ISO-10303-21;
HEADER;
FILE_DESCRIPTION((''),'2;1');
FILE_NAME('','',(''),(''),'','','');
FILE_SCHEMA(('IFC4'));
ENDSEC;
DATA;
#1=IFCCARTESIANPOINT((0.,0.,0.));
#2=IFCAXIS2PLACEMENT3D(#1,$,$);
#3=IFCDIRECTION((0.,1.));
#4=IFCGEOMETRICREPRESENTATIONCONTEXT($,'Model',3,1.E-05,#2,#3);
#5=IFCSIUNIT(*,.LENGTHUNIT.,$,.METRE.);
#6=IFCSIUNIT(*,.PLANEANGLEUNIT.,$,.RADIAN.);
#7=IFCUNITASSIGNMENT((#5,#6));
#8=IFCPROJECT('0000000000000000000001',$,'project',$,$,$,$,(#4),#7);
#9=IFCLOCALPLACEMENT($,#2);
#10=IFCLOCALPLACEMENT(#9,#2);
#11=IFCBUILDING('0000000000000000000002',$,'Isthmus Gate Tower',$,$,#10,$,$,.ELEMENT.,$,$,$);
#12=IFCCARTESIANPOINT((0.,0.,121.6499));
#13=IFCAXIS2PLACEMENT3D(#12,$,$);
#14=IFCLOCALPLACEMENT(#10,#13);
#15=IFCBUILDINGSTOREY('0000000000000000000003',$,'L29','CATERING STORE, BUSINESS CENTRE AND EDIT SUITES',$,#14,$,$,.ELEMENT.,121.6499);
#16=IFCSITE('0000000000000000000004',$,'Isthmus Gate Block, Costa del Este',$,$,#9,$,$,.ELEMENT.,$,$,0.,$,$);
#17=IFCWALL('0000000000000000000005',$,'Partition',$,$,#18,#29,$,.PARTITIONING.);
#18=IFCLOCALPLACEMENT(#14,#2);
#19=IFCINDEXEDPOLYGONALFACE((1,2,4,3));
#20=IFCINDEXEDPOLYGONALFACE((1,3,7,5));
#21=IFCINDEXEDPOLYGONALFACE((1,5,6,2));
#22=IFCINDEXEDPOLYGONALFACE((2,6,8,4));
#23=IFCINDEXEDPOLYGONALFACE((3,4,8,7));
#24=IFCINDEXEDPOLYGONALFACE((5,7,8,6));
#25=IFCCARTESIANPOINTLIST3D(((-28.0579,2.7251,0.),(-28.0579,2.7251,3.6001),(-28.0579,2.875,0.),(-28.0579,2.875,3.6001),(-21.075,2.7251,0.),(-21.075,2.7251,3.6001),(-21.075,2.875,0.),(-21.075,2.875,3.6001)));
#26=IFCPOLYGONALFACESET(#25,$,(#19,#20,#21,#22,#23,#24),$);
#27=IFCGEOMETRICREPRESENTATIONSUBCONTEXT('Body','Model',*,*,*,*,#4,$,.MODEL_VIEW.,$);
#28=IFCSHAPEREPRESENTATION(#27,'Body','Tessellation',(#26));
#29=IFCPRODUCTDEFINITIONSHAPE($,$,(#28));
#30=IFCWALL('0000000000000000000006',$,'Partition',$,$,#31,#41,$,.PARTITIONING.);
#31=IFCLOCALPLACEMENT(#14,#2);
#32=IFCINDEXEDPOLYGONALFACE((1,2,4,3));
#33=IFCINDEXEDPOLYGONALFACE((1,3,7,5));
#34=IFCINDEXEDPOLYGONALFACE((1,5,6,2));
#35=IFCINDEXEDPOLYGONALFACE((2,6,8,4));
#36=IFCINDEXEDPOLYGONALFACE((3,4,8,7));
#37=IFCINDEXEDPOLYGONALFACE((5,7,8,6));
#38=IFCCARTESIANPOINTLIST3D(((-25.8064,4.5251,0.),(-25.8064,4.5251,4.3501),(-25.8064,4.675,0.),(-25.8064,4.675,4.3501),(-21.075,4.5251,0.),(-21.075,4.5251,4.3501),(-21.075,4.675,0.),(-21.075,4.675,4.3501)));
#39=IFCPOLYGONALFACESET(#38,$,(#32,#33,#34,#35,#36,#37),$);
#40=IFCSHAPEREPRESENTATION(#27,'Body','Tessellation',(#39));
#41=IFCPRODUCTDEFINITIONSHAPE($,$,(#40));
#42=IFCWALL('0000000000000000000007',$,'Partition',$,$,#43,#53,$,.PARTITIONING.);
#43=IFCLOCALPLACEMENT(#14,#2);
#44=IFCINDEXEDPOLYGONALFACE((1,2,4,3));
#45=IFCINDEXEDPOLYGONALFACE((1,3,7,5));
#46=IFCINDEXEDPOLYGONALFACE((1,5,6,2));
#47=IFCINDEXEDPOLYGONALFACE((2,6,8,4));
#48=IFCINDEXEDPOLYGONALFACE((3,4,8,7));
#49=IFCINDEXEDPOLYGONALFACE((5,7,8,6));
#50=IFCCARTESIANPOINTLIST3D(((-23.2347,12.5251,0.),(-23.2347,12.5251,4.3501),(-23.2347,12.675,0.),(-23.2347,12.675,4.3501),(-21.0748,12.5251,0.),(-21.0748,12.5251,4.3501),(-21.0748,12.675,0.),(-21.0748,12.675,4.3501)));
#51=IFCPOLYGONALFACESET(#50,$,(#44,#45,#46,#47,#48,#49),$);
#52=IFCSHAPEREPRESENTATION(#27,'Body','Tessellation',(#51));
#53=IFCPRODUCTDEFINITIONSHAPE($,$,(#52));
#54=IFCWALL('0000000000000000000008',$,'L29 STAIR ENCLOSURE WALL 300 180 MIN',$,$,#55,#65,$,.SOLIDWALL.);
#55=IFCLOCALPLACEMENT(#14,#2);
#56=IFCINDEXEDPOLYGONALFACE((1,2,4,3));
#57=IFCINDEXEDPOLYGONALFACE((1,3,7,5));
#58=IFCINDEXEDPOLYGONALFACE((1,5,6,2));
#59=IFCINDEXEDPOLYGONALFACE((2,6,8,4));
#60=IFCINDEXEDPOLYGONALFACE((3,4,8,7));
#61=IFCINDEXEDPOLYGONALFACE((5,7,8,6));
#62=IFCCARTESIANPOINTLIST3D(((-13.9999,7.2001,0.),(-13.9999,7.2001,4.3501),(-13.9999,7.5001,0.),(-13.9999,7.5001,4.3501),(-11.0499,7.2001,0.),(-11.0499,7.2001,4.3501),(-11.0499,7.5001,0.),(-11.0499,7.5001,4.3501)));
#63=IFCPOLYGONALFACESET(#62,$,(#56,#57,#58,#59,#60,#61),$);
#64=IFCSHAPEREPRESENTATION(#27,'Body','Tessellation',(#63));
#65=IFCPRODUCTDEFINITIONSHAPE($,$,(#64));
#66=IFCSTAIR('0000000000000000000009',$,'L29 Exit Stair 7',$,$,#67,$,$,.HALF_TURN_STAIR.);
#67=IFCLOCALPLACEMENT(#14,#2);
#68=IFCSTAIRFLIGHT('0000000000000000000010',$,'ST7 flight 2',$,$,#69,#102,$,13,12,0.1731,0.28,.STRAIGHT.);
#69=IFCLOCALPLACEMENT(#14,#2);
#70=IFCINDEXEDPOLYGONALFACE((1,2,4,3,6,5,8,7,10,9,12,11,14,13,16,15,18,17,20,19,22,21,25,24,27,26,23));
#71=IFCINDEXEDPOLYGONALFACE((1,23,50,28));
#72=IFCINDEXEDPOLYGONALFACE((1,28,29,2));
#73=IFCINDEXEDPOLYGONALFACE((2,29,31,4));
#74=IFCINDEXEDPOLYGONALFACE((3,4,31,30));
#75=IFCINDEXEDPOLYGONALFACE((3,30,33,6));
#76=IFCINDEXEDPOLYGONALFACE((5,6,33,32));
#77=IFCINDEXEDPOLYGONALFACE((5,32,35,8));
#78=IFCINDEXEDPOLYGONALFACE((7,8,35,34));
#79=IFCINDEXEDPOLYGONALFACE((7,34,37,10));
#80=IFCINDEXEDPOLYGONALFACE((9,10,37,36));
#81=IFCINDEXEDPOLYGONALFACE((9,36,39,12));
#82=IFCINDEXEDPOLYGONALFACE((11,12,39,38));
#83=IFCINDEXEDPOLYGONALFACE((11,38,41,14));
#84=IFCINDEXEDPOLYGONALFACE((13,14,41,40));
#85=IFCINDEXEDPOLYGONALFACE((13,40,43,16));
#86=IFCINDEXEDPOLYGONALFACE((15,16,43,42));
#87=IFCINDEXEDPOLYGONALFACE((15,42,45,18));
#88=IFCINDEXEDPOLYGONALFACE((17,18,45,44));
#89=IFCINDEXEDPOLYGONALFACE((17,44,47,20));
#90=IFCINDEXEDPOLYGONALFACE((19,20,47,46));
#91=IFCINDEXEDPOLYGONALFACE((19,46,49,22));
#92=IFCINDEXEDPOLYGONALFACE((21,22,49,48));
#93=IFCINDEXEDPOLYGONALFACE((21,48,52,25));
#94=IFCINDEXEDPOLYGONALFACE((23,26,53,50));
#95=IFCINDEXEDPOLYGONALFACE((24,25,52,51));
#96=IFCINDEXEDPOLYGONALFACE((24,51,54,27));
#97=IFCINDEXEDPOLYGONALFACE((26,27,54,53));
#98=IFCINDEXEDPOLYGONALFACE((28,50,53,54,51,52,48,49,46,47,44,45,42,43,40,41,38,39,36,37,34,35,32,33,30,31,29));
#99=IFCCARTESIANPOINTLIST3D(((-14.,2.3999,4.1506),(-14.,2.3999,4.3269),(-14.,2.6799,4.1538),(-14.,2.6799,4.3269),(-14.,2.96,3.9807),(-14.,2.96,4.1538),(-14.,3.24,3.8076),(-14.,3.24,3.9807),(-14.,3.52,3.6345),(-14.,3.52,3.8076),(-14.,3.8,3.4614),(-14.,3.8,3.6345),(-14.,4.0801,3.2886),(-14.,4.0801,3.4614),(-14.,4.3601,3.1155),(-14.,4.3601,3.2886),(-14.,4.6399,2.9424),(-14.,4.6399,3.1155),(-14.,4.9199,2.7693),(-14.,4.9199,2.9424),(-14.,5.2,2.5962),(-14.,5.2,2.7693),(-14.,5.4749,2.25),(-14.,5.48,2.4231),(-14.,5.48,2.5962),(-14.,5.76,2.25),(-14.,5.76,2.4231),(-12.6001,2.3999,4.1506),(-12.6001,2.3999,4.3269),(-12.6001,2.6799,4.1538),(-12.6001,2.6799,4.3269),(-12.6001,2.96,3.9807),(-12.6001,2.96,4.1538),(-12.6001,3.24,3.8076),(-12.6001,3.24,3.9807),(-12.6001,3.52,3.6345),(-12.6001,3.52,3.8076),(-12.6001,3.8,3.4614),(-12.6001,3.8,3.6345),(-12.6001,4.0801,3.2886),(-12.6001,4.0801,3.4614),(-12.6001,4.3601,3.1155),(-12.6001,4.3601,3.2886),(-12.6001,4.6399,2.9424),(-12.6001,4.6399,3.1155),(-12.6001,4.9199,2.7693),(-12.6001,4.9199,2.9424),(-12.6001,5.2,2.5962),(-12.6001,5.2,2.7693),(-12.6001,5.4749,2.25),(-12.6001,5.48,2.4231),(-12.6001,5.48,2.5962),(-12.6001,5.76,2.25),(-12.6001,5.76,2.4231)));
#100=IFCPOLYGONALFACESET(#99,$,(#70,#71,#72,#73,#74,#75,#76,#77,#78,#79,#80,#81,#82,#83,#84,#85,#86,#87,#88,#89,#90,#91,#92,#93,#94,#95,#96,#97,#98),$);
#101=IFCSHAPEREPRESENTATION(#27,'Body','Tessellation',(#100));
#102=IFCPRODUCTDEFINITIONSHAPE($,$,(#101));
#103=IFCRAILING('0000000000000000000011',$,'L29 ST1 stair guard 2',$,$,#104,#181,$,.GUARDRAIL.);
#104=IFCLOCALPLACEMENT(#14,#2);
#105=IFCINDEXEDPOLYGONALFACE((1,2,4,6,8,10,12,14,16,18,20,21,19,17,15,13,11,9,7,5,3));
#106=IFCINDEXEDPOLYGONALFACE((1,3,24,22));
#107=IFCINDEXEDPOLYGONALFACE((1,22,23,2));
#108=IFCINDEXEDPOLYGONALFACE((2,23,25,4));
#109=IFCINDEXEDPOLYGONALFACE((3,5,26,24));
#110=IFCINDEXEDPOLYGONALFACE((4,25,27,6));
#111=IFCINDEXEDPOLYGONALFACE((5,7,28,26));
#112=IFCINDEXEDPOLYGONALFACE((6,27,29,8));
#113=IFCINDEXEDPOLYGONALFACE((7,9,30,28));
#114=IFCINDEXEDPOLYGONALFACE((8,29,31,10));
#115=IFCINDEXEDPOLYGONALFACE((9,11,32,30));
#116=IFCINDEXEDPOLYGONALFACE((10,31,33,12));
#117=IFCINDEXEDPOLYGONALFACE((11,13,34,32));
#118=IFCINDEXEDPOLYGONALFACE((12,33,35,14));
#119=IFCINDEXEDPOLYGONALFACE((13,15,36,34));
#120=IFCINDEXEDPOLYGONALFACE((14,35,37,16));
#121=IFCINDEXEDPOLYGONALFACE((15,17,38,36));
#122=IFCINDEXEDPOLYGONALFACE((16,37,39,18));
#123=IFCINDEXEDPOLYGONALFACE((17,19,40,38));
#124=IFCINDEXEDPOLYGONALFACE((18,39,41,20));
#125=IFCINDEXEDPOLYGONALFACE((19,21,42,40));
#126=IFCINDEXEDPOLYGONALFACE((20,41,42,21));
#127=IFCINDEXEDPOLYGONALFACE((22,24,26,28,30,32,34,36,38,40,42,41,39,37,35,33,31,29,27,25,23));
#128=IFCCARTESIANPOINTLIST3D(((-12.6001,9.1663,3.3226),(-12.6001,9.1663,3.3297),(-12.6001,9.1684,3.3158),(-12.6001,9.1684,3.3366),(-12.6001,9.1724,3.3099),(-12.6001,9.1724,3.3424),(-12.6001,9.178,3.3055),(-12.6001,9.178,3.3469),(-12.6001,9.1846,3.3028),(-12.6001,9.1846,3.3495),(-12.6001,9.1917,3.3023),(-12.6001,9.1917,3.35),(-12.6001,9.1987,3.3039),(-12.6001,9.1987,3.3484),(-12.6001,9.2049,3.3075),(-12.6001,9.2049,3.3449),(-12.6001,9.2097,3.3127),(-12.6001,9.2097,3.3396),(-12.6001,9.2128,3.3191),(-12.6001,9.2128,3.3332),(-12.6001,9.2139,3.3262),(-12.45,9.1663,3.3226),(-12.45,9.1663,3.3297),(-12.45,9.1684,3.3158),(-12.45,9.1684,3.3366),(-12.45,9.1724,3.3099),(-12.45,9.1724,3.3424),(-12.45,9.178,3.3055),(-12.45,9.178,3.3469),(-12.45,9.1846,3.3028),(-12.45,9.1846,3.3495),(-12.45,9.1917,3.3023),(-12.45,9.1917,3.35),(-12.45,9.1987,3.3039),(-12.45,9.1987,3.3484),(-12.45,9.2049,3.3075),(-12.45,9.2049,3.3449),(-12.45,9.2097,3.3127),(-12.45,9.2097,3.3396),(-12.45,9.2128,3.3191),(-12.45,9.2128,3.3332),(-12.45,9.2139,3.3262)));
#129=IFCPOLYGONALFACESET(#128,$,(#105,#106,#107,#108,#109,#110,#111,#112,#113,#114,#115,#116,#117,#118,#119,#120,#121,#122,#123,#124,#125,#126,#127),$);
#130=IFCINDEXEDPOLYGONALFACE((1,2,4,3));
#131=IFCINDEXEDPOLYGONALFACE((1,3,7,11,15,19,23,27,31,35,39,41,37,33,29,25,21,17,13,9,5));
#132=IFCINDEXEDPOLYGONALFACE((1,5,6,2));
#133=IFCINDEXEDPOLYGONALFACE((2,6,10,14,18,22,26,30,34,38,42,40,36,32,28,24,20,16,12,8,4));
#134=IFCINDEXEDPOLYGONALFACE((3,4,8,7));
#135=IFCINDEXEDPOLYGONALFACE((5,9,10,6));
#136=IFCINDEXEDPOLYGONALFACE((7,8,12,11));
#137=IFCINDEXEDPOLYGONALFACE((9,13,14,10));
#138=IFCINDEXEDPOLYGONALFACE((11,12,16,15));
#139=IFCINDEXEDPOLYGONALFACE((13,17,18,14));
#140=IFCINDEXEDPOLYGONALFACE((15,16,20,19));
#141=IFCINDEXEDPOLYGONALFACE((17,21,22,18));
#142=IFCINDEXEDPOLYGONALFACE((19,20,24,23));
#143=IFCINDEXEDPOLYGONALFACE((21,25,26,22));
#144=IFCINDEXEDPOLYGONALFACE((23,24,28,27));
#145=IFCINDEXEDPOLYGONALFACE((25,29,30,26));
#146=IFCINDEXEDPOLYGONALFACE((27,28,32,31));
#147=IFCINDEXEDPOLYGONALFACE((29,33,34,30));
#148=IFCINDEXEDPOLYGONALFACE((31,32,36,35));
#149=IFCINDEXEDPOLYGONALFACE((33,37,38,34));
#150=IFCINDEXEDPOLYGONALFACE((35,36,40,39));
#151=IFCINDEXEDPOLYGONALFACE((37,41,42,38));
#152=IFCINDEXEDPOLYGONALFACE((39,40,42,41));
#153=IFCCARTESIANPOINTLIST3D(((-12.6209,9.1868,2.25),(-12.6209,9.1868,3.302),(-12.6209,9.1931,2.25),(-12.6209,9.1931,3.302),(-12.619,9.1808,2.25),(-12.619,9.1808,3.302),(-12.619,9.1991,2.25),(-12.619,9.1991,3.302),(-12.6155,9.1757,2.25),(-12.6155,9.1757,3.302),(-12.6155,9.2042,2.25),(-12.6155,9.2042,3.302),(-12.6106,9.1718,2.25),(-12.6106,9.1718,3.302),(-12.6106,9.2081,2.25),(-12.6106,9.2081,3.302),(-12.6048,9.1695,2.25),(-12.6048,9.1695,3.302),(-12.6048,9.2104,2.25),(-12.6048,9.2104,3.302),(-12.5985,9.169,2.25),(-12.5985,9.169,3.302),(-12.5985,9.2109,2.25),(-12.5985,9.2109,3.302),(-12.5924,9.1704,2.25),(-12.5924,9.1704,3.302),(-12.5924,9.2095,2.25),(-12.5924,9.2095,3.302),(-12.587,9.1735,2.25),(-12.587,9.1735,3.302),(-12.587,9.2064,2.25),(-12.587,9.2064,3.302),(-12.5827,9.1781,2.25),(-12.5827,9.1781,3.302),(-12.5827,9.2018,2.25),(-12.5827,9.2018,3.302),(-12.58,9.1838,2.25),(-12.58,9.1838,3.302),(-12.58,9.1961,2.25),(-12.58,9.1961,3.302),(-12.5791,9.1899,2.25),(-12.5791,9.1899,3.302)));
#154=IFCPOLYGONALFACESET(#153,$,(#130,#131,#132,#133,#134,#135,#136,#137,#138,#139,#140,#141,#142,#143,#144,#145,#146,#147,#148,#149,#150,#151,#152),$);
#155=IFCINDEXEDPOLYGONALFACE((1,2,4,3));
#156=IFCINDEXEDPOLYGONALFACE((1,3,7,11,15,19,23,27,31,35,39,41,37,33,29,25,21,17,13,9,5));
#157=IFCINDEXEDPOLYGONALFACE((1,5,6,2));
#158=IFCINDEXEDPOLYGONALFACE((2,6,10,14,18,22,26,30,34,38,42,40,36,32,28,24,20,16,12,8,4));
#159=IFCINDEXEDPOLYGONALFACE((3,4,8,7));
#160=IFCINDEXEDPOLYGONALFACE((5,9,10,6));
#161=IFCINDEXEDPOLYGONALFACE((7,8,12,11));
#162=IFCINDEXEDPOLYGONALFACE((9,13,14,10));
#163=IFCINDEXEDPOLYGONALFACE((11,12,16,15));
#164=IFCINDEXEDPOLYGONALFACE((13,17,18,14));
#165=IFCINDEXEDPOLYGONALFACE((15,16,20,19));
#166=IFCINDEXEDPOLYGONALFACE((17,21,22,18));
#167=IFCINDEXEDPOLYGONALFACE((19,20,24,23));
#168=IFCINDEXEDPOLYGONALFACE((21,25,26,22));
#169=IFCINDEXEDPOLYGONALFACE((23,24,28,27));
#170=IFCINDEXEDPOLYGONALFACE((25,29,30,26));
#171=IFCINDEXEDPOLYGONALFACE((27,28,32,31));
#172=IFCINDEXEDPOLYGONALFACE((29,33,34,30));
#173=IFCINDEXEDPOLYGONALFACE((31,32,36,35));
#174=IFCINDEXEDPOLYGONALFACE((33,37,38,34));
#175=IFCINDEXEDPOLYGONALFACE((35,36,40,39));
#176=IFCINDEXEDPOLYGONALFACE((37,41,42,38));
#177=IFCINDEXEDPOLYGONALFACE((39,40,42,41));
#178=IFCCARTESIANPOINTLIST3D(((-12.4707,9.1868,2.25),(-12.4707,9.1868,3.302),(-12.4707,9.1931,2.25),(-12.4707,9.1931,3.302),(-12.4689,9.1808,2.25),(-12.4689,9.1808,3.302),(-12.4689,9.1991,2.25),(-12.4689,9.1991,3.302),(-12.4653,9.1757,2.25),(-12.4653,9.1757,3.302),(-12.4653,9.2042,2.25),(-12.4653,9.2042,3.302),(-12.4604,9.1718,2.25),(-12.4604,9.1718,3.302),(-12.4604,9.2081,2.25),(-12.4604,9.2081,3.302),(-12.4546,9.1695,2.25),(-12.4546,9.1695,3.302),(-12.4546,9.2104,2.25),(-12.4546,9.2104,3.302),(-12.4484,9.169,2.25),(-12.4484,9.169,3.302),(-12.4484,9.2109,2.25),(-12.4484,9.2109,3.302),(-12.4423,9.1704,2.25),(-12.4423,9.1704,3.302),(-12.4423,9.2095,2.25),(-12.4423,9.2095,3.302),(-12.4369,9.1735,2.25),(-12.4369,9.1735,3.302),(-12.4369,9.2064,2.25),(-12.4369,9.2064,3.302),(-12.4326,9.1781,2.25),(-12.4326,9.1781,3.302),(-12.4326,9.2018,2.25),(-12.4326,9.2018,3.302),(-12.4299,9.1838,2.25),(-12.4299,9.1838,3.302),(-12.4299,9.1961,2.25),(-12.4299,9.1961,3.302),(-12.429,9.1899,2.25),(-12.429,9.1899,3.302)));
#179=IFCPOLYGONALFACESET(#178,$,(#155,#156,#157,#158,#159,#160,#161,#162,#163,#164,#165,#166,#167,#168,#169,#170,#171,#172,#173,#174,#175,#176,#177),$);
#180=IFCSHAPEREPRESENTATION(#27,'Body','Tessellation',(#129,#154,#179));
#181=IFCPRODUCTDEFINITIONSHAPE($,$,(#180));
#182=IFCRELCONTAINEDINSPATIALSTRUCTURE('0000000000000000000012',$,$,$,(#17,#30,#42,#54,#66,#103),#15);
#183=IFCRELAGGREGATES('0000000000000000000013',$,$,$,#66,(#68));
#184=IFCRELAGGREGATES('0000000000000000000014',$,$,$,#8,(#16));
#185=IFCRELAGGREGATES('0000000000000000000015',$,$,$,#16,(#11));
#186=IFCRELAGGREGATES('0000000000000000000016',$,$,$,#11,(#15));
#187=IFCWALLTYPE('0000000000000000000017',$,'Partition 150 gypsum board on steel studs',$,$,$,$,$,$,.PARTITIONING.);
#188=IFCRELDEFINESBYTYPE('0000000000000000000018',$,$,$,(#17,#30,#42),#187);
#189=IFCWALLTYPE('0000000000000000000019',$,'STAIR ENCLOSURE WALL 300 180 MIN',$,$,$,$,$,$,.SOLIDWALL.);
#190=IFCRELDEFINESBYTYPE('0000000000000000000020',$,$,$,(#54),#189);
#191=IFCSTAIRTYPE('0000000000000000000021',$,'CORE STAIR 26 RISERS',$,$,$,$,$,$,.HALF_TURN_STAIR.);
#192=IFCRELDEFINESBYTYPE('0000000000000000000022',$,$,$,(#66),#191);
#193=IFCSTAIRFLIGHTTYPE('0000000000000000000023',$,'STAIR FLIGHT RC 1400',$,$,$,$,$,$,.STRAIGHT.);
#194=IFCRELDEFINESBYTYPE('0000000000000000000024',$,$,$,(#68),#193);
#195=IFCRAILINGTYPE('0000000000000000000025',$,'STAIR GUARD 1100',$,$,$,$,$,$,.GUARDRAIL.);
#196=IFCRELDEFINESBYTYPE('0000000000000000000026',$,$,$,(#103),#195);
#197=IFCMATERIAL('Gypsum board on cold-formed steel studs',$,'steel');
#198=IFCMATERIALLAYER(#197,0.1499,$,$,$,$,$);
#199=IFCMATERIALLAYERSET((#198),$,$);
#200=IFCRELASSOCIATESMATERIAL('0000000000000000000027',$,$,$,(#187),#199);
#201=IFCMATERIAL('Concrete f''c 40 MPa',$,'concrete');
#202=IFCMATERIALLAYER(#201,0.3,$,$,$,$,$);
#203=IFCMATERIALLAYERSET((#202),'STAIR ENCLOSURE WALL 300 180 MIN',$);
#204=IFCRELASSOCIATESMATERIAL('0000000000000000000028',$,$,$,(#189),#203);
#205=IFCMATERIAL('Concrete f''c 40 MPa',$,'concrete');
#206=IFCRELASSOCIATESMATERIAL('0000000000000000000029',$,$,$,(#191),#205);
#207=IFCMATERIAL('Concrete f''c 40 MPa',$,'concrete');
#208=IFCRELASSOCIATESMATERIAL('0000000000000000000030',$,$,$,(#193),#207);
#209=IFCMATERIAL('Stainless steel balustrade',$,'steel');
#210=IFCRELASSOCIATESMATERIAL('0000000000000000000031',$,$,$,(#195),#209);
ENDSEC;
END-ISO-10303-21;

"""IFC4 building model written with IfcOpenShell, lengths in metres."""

from ifc_helpers import new_model, si_unit, direction, frame, frame_2d, origin, origin_2d, place, context, subcontext, project, spatial, polyline, rectangle, circle, outline, extrude, material, layer, layer_set, type_object, element, aggregate, save


model = new_model("IFC4")

# Units and contexts
model_context = context("Model", 3, precision=1e-05, world=origin(), true_north=direction((0.0, 1.0)))
body_context = subcontext(model_context, "Body", "Model", "MODEL_VIEW")
ifc_project = project(units=[si_unit("LENGTHUNIT", "METRE"), si_unit("PLANEANGLEUNIT", "RADIAN")], contexts=[model_context])

# Site, building, storey
site_placement = place(None, origin())
site = spatial("IfcSite", under=ifc_project, at=site_placement, Name="Isthmus Gate Block, Costa del Este", CompositionType="ELEMENT", RefElevation=0.0)
building_placement = place(site_placement, origin())
building = spatial("IfcBuilding", under=site, at=building_placement, Name="Isthmus Gate Tower", CompositionType="ELEMENT")
storey_placement = place(building_placement, frame((0.0, 0.0, 121.6499)))
storey = spatial("IfcBuildingStorey", under=building, at=storey_placement, Name="L29", Description="CATERING STORE, BUSINESS CENTRE AND EDIT SUITES", CompositionType="ELEMENT", Elevation=121.6499)

# Walls
ifc_material_1 = material(Name="Gypsum board on cold-formed steel studs", Category="steel")
ifc_layer_1 = layer(ifc_material_1, 0.1499)
ifc_layer_set_1 = layer_set([ifc_layer_1])
wall_type_1 = type_object("IfcWallType", Name="Partition 150 gypsum board on steel studs", PredefinedType="PARTITIONING", material=ifc_layer_set_1)
wall_1_placement = place(storey_placement, frame((-28.0579, 2.8, 0.0), z_axis=(0.0, 0.0, 1.0), x_axis=(1.0, 0.0, 0.0)))
element("IfcWall", 1, at=wall_1_placement, inside=storey, type_object=wall_type_1, Name="Partition", PredefinedType="PARTITIONING", context=body_context, shape_type="SweptSolid", body=[
    extrude(rectangle(XDim=6.9829, YDim=0.1499, at=frame_2d((3.4915, 0.0))), origin(), (0.0, 0.0, 1.0), 3.6001),
])
wall_2_placement = place(storey_placement, frame((-25.8064, 4.6001, 0.0), z_axis=(0.0, 0.0, 1.0), x_axis=(1.0, 0.0, 0.0)))
element("IfcWall", 2, at=wall_2_placement, inside=storey, type_object=wall_type_1, Name="Partition", PredefinedType="PARTITIONING", context=body_context, shape_type="SweptSolid", body=[
    extrude(rectangle(XDim=4.7314, YDim=0.1499, at=frame_2d((2.3657, 0.0))), origin(), (0.0, 0.0, 1.0), 4.3501),
])
wall_3_placement = place(storey_placement, frame((-23.2349, 12.6001, 0.0), z_axis=(0.0, 0.0, 1.0), x_axis=(1.0, 0.0, 0.0)))
element("IfcWall", 3, at=wall_3_placement, inside=storey, type_object=wall_type_1, Name="Partition", PredefinedType="PARTITIONING", context=body_context, shape_type="SweptSolid", body=[
    extrude(rectangle(XDim=2.1599, YDim=0.1499, at=frame_2d((1.0801, 0.0))), origin(), (0.0, 0.0, 1.0), 4.3501),
])
ifc_material_2 = material(Name="Concrete f'c 40 MPa", Category="concrete")
ifc_layer_2 = layer(ifc_material_2, 0.3)
ifc_layer_set_2 = layer_set([ifc_layer_2], Name="STAIR ENCLOSURE WALL 300 180 MIN")
wall_type_2 = type_object("IfcWallType", Name="STAIR ENCLOSURE WALL 300 180 MIN", PredefinedType="SOLIDWALL", material=ifc_layer_set_2)
wall_4_placement = place(storey_placement, frame((-14.0, 7.3501, 0.0), z_axis=(0.0, 0.0, 1.0), x_axis=(1.0, 0.0, 0.0)))
element("IfcWall", 4, at=wall_4_placement, inside=storey, type_object=wall_type_2, Name="L29 STAIR ENCLOSURE WALL 300 180 MIN", PredefinedType="SOLIDWALL", context=body_context, shape_type="SweptSolid", body=[
    extrude(rectangle(XDim=2.95, YDim=0.3, at=frame_2d((1.4751, 0.0))), origin(), (0.0, 0.0, 1.0), 4.3501),
])

# Stair, stair flight
ifc_material_3 = material(Name="Concrete f'c 40 MPa", Category="concrete")
stair_type = type_object("IfcStairType", Name="CORE STAIR 26 RISERS", PredefinedType="HALF_TURN_STAIR", material=ifc_material_3)
stair_placement = place(storey_placement, origin())
stair = element("IfcStair", 5, at=stair_placement, inside=storey, type_object=stair_type, Name="L29 Exit Stair 7", PredefinedType="HALF_TURN_STAIR")
ifc_material_4 = material(Name="Concrete f'c 40 MPa", Category="concrete")
stair_flight_type = type_object("IfcStairFlightType", Name="STAIR FLIGHT RC 1400", PredefinedType="STRAIGHT", material=ifc_material_4)
stair_flight_placement = place(storey_placement, frame((-13.3, 5.76, 2.25), z_axis=(0.0, 0.0, 1.0), x_axis=(0.0, -1.0, 0.0)))
stair_flight = element("IfcStairFlight", 6, at=stair_flight_placement, type_object=stair_flight_type, Name="ST7 flight 2", NumberOfRisers=13, NumberOfTreads=12, PredefinedType="STRAIGHT", RiserHeight=0.1731, TreadLength=0.28, context=body_context, shape_type="SweptSolid", body=[
    extrude(outline(polyline([(0.0, 0.0), (0.0, 0.1731), (0.28, 0.1731), (0.28, 0.3462), (0.5601, 0.3462), (0.5601, 0.5193), (0.8401, 0.5193), (0.8401, 0.6924), (1.1201, 0.6924), (1.1201, 0.8655), (1.3999, 0.8655), (1.3999, 1.0386), (1.6799, 1.0386), (1.6799, 1.2114), (1.96, 1.2114), (1.96, 1.3845), (2.24, 1.3845), (2.24, 1.5576), (2.52, 1.5576), (2.52, 1.7307), (2.8, 1.7307), (2.8, 1.9038), (3.0801, 1.9038), (3.0801, 2.0769), (3.3601, 2.0769), (3.3601, 2.25), (3.3601, 1.9006), (0.2852, 0.0), (0.0, 0.0)])), frame((0.0, 0.7, 0.0), z_axis=(0.0, -1.0, 0.0), x_axis=(1.0, 0.0, 0.0)), (0.0, 0.0, 1.0), 1.3999),
])
aggregate(stair, [stair_flight])

# Railing
ifc_material_5 = material(Name="Stainless steel balustrade", Category="steel")
railing_type_1 = type_object("IfcRailingType", Name="STAIR GUARD 1100", PredefinedType="GUARDRAIL", material=ifc_material_5)
railing_1_placement = place(storey_placement, frame((-12.6001, 9.1899, 2.25)))
element("IfcRailing", 7, at=railing_1_placement, inside=storey, type_object=railing_type_1, Name="L29 ST1 stair guard 2", PredefinedType="GUARDRAIL", context=body_context, shape_type="SweptSolid", body=[
    extrude(circle(Radius=0.0239, at=origin_2d()), frame((0.0, 0.0, 1.0762), z_axis=(1.0, 0.0, 0.0), x_axis=(0.0, 1.0, 0.0)), (0.0, 0.0, 1.0), 0.1501),
    extrude(circle(Radius=0.021, at=origin_2d()), origin(), (0.0, 0.0, 1.0), 1.052),
    extrude(circle(Radius=0.021, at=origin_2d()), frame((0.1501, 0.0, 0.0)), (0.0, 0.0, 1.0), 1.052),
])

save(model, "model.ifc")
